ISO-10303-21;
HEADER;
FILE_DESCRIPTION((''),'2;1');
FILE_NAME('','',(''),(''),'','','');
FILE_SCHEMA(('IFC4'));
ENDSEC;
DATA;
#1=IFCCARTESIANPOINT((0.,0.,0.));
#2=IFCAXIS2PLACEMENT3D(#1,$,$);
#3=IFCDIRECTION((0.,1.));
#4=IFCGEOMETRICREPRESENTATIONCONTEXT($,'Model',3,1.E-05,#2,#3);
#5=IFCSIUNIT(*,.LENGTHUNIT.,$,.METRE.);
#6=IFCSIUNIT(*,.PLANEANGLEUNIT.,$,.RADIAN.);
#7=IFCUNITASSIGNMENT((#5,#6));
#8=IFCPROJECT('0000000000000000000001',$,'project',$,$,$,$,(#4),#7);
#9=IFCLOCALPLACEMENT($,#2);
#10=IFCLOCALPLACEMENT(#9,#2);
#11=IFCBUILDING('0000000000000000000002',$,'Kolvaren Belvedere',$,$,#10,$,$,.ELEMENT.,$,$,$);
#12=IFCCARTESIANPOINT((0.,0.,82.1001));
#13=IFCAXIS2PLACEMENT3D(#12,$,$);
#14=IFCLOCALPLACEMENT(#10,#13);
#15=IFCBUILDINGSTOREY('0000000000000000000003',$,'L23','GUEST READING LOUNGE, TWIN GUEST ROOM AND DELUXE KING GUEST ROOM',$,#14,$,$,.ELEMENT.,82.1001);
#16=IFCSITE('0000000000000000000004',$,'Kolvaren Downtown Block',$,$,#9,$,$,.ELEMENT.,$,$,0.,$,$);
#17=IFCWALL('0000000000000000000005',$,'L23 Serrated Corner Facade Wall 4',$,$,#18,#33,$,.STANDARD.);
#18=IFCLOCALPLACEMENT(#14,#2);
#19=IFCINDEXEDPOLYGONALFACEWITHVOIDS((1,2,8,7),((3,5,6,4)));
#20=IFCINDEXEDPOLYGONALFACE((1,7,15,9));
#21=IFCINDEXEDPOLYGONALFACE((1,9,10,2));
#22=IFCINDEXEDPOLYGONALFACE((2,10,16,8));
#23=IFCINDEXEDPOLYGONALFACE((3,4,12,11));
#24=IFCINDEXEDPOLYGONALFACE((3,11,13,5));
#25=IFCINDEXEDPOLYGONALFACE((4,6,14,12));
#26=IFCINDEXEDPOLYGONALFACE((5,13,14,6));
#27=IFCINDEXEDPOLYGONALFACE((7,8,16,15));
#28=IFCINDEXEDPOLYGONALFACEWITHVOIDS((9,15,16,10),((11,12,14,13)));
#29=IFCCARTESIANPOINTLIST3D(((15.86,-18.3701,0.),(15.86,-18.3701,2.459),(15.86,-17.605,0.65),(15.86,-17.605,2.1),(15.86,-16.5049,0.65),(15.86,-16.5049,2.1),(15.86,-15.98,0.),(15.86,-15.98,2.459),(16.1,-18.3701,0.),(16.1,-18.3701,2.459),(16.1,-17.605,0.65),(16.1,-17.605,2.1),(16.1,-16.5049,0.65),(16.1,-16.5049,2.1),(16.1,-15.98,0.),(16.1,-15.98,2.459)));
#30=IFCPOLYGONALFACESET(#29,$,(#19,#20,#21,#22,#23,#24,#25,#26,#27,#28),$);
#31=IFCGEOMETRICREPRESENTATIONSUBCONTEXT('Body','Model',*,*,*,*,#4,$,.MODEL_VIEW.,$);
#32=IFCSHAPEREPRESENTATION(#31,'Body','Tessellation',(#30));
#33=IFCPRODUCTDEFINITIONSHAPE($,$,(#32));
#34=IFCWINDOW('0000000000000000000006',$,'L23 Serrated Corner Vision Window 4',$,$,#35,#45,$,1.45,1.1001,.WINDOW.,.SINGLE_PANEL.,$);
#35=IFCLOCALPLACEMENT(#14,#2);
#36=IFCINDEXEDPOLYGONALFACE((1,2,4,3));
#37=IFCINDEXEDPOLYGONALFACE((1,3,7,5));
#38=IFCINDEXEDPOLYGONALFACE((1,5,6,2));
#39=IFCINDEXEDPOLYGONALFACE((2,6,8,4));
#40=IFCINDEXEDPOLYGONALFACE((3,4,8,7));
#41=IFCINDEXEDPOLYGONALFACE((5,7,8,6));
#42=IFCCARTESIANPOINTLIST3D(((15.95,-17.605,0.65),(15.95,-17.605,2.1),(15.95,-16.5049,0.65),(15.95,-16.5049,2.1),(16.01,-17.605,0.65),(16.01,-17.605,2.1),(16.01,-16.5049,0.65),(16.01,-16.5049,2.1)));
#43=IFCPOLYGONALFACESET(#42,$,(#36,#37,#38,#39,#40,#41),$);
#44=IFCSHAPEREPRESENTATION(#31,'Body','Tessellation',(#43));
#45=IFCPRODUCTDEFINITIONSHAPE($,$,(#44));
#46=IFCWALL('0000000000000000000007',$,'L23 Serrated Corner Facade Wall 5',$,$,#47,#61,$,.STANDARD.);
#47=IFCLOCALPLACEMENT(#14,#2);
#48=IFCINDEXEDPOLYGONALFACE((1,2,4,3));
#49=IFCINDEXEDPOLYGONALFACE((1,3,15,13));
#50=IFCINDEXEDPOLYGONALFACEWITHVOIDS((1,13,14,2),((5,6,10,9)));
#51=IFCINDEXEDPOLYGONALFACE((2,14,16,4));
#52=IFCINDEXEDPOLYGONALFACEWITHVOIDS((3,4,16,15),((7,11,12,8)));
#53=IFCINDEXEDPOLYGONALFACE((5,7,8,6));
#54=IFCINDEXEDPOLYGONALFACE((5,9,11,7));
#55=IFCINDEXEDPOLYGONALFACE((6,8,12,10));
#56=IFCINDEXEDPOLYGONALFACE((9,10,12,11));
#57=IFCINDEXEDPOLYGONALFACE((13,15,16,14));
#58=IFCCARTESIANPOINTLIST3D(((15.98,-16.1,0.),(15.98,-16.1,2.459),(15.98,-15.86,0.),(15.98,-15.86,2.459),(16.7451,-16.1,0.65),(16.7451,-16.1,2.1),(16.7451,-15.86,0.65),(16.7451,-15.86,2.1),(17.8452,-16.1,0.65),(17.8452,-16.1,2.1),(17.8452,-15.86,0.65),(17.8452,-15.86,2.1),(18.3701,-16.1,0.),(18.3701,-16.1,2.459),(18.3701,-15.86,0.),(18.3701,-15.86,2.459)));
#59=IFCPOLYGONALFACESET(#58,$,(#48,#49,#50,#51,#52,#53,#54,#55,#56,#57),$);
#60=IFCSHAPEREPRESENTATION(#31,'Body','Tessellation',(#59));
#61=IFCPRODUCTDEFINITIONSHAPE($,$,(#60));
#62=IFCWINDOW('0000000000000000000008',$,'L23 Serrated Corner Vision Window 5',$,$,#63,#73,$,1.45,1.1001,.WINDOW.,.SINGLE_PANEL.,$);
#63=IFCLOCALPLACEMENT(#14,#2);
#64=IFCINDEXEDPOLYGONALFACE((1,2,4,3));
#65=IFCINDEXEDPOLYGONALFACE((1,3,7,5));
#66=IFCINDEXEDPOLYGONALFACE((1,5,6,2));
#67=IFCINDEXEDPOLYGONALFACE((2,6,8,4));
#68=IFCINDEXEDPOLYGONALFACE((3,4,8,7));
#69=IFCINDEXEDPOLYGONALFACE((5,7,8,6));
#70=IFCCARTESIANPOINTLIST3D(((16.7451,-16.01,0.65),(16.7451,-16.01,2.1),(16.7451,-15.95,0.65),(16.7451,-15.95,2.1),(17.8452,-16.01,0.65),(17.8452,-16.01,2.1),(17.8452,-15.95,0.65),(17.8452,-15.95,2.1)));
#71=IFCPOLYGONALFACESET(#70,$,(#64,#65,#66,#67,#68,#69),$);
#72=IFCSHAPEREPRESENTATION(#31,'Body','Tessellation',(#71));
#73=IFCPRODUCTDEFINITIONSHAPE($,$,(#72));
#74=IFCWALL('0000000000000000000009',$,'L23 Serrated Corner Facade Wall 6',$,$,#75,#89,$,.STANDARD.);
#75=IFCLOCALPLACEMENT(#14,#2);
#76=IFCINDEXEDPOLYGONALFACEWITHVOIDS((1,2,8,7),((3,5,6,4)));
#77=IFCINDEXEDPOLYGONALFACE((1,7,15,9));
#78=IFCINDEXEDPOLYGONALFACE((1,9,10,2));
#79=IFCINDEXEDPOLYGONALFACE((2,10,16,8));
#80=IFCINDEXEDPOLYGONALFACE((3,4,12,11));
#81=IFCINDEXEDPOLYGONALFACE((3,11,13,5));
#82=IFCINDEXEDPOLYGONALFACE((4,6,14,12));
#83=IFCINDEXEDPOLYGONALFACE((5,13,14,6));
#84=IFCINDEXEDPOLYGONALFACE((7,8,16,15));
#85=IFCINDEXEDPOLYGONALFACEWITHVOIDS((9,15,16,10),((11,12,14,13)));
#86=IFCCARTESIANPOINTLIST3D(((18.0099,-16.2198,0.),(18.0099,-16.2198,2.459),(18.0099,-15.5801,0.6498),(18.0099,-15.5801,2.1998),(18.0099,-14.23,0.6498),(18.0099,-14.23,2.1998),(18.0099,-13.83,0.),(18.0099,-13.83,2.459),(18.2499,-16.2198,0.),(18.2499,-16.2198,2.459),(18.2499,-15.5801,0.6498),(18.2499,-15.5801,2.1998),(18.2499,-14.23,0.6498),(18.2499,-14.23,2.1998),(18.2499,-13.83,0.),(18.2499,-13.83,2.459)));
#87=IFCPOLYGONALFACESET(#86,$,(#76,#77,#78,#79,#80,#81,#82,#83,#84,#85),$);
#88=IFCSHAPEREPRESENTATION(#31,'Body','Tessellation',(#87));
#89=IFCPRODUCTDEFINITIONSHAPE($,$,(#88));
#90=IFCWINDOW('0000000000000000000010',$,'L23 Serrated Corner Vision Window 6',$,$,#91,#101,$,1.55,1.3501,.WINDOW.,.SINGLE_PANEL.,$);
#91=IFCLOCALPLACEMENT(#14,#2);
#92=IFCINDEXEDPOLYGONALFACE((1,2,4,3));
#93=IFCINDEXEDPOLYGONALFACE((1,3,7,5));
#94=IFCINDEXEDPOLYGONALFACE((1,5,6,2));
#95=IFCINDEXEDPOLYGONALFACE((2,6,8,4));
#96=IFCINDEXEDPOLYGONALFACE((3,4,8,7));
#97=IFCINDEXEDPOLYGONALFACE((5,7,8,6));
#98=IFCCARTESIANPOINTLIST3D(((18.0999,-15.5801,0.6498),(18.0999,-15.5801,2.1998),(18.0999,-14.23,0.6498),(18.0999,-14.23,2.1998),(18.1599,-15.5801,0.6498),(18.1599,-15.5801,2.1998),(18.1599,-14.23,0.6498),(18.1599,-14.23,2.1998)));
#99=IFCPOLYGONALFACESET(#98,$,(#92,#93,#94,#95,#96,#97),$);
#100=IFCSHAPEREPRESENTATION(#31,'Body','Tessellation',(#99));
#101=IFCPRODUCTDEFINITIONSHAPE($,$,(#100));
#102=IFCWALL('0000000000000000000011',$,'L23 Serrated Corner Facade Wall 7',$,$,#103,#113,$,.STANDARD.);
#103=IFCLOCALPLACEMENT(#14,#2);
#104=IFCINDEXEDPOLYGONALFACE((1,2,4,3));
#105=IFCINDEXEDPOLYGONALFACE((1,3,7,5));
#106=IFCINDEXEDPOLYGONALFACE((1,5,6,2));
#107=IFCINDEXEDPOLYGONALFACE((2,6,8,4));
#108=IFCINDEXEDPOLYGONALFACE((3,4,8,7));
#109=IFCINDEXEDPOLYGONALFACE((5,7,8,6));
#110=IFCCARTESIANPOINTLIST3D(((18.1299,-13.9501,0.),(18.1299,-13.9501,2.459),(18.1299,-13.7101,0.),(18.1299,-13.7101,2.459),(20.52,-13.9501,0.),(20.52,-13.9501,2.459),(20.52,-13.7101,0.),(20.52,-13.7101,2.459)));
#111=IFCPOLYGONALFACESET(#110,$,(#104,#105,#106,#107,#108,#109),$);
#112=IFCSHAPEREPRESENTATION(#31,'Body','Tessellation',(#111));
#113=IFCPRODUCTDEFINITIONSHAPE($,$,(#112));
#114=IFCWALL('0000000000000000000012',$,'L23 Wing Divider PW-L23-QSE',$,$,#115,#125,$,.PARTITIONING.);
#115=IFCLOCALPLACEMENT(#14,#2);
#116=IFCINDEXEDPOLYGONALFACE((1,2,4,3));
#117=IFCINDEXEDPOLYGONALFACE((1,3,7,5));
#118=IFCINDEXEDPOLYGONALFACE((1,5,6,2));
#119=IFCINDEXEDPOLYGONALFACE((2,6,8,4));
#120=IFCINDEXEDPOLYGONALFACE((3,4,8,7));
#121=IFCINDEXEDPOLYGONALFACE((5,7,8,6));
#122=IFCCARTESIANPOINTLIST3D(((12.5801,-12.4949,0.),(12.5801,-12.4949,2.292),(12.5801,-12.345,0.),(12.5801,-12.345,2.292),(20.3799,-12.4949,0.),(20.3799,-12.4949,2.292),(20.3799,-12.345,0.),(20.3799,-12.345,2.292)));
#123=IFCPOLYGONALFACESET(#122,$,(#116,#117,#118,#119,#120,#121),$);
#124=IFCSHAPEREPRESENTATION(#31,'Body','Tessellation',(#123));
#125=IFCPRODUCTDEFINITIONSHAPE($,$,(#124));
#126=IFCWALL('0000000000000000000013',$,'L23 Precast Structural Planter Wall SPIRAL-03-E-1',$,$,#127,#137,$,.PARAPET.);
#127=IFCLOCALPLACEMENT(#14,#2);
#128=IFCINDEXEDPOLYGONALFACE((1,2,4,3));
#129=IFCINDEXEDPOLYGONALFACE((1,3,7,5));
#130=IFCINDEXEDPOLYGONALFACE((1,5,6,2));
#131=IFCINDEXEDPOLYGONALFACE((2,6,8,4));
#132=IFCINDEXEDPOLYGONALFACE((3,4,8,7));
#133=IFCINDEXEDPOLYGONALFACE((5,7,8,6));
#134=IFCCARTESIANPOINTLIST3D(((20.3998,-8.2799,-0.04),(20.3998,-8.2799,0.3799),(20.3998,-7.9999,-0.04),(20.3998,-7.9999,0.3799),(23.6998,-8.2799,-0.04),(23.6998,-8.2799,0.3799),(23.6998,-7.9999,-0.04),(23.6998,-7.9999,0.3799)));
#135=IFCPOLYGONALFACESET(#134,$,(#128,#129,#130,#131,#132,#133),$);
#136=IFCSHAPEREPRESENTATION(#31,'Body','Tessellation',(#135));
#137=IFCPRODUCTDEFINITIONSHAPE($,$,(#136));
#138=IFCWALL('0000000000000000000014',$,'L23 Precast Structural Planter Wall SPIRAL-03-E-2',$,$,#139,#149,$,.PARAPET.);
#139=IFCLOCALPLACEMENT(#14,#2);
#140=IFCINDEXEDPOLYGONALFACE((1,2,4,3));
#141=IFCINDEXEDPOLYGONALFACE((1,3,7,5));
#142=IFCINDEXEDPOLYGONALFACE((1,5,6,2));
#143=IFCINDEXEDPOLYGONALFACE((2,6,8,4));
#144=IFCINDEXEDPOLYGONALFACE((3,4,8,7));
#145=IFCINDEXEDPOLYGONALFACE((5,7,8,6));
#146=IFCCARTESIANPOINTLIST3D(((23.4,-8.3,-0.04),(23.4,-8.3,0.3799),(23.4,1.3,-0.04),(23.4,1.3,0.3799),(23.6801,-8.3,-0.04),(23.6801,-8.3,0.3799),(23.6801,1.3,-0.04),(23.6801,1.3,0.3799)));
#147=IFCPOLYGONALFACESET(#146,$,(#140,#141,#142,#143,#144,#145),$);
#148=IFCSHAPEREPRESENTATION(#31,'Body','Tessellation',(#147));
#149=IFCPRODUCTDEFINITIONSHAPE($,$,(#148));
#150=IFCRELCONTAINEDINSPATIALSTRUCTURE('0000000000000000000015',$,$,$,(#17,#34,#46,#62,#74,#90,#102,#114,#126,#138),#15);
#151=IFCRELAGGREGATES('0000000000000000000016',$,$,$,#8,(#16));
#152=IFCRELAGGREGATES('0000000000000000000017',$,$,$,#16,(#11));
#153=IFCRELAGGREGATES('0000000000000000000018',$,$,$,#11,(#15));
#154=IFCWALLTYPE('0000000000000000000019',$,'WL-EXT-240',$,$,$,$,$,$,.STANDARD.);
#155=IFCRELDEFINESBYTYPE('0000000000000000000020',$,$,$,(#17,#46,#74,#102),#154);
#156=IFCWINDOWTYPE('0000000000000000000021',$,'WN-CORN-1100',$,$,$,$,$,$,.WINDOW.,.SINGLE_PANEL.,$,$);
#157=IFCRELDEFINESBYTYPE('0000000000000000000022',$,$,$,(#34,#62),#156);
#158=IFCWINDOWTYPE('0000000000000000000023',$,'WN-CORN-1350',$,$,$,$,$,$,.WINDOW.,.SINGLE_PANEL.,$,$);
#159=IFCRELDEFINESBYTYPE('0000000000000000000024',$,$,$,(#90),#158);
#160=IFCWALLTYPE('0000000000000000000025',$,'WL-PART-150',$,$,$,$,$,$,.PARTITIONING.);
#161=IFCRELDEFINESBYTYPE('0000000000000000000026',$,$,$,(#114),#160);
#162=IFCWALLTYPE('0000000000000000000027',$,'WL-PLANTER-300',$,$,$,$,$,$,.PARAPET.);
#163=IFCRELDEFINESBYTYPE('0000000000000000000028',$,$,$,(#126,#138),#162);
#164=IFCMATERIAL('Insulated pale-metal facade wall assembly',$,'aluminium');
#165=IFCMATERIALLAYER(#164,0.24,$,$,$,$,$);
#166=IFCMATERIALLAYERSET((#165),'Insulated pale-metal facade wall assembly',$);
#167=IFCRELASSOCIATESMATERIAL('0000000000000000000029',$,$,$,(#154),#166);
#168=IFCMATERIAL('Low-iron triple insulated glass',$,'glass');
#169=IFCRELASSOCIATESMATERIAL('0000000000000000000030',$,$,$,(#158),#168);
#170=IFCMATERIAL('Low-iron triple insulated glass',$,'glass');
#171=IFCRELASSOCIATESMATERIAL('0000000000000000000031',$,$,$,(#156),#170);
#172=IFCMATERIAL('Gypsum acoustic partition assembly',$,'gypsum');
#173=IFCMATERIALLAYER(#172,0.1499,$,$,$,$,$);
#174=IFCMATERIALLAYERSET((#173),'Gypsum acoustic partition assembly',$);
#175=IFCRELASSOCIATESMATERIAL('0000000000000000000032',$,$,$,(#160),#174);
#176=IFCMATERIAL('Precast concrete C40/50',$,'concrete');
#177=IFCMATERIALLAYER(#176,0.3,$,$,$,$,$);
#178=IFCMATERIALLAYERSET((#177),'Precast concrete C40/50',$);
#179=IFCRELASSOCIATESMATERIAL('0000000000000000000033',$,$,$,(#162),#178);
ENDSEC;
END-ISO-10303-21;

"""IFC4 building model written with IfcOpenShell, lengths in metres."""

from ifc_helpers import new_model, si_unit, direction, frame, frame_2d, origin, place, context, subcontext, project, spatial, rectangle, extrude, material, layer, layer_set, type_object, element, fill, save


model = new_model("IFC4")

# Units and contexts
model_context = context("Model", 3, precision=1e-05, world=origin(), true_north=direction((0.0, 1.0)))
body_context = subcontext(model_context, "Body", "Model", "MODEL_VIEW")
ifc_project = project(units=[si_unit("LENGTHUNIT", "METRE"), si_unit("PLANEANGLEUNIT", "RADIAN")], contexts=[model_context])

# Site, building, storey
site_placement = place(None, origin())
site = spatial("IfcSite", under=ifc_project, at=site_placement, Name="Kolvaren Downtown Block", CompositionType="ELEMENT", RefElevation=0.0)
building_placement = place(site_placement, origin())
building = spatial("IfcBuilding", under=site, at=building_placement, Name="Kolvaren Belvedere", CompositionType="ELEMENT")
storey_placement = place(building_placement, frame((0.0, 0.0, 82.1001)))
storey = spatial("IfcBuildingStorey", under=building, at=storey_placement, Name="L23", Description="GUEST READING LOUNGE, TWIN GUEST ROOM AND DELUXE KING GUEST ROOM", CompositionType="ELEMENT", Elevation=82.1001)

# Shared definitions
ifc_material_1 = material(Name="Insulated pale-metal facade wall assembly", Category="aluminium")
ifc_layer_1 = layer(ifc_material_1, 0.24)
ifc_layer_set_1 = layer_set([ifc_layer_1], Name="Insulated pale-metal facade wall assembly")
wall_type_1 = type_object("IfcWallType", Name="WL-EXT-240", PredefinedType="STANDARD", material=ifc_layer_set_1)

# Walls, openings, windows
ifc_material_2 = material(Name="Low-iron triple insulated glass", Category="glass")
window_type_1 = type_object("IfcWindowType", Name="WN-CORN-1350", PartitioningType="SINGLE_PANEL", PredefinedType="WINDOW", material=ifc_material_2)
wall_1_placement = place(storey_placement, frame((15.98, -15.98, 0.0), z_axis=(0.0, 0.0, 1.0), x_axis=(0.0, -1.0, 0.0)))
wall_1 = element("IfcWall", 1, at=wall_1_placement, inside=storey, type_object=wall_type_1, Name="L23 Serrated Corner Facade Wall 4", PredefinedType="STANDARD", context=body_context, shape_type="SweptSolid", body=[
    extrude(rectangle(XDim=2.3901, YDim=0.24, at=frame_2d((1.1951, 0.0))), origin(), (0.0, 0.0, 1.0), 2.459),
])
opening_1_placement = place(wall_1_placement, frame((0.5249, 0.0, 0.6499)))
opening_1 = element("IfcOpeningElement", 2, at=opening_1_placement, cuts=wall_1, PredefinedType="OPENING", context=body_context, shape_type="SweptSolid", body=[
    extrude(rectangle(XDim=1.1001, YDim=1.45, at=frame_2d((0.55, 0.7251))), frame((0.0, 0.1299, 0.0), z_axis=(0.0, -1.0, 0.0), x_axis=(1.0, 0.0, 0.0)), (0.0, 0.0, 1.0), 0.26),
])
ifc_material_3 = material(Name="Low-iron triple insulated glass", Category="glass")
window_type_2 = type_object("IfcWindowType", Name="WN-CORN-1100", PartitioningType="SINGLE_PANEL", PredefinedType="WINDOW", material=ifc_material_3)
window_1_placement = place(opening_1_placement, origin())
window_1 = element("IfcWindow", 3, at=window_1_placement, inside=storey, type_object=window_type_2, Name="L23 Serrated Corner Vision Window 4", OverallHeight=1.45, OverallWidth=1.1001, PartitioningType="SINGLE_PANEL", PredefinedType="WINDOW", context=body_context, shape_type="SweptSolid", body=[
    extrude(rectangle(XDim=1.1001, YDim=1.45, at=frame_2d((0.55, 0.7251))), frame((0.0, 0.03, 0.0), z_axis=(0.0, -1.0, 0.0), x_axis=(1.0, 0.0, 0.0)), (0.0, 0.0, 1.0), 0.0601),
])
fill(opening_1, window_1)
wall_2_placement = place(storey_placement, frame((18.3701, -15.98, 0.0), z_axis=(0.0, 0.0, 1.0), x_axis=(-1.0, 0.0, 0.0)))
wall_2 = element("IfcWall", 4, at=wall_2_placement, inside=storey, type_object=wall_type_1, Name="L23 Serrated Corner Facade Wall 5", PredefinedType="STANDARD", context=body_context, shape_type="SweptSolid", body=[
    extrude(rectangle(XDim=2.3901, YDim=0.24, at=frame_2d((1.1951, 0.0))), origin(), (0.0, 0.0, 1.0), 2.459),
])
opening_2_placement = place(wall_2_placement, frame((0.5249, 0.0, 0.6499)))
opening_2 = element("IfcOpeningElement", 5, at=opening_2_placement, cuts=wall_2, PredefinedType="OPENING", context=body_context, shape_type="SweptSolid", body=[
    extrude(rectangle(XDim=1.1001, YDim=1.45, at=frame_2d((0.55, 0.7251))), frame((0.0, 0.1299, 0.0), z_axis=(0.0, -1.0, 0.0), x_axis=(1.0, 0.0, 0.0)), (0.0, 0.0, 1.0), 0.26),
])
window_2_placement = place(opening_2_placement, origin())
window_2 = element("IfcWindow", 6, at=window_2_placement, inside=storey, type_object=window_type_2, Name="L23 Serrated Corner Vision Window 5", OverallHeight=1.45, OverallWidth=1.1001, PartitioningType="SINGLE_PANEL", PredefinedType="WINDOW", context=body_context, shape_type="SweptSolid", body=[
    extrude(rectangle(XDim=1.1001, YDim=1.45, at=frame_2d((0.55, 0.7251))), frame((0.0, 0.03, 0.0), z_axis=(0.0, -1.0, 0.0), x_axis=(1.0, 0.0, 0.0)), (0.0, 0.0, 1.0), 0.0601),
])
fill(opening_2, window_2)
wall_3_placement = place(storey_placement, frame((18.1299, -13.8301, 0.0), z_axis=(0.0, 0.0, 1.0), x_axis=(0.0, -1.0, 0.0)))
wall_3 = element("IfcWall", 7, at=wall_3_placement, inside=storey, type_object=wall_type_1, Name="L23 Serrated Corner Facade Wall 6", PredefinedType="STANDARD", context=body_context, shape_type="SweptSolid", body=[
    extrude(rectangle(XDim=2.3899, YDim=0.24, at=frame_2d((1.1948, 0.0))), origin(), (0.0, 0.0, 1.0), 2.459),
])
opening_3_placement = place(wall_3_placement, frame((0.3999, 0.0, 0.6499)))
opening_3 = element("IfcOpeningElement", 8, at=opening_3_placement, cuts=wall_3, PredefinedType="OPENING", context=body_context, shape_type="SweptSolid", body=[
    extrude(rectangle(XDim=1.3501, YDim=1.55, at=frame_2d((0.675, 0.7749))), frame((0.0, 0.1299, 0.0), z_axis=(0.0, -1.0, 0.0), x_axis=(1.0, 0.0, 0.0)), (0.0, 0.0, 1.0), 0.26),
])
window_3_placement = place(opening_3_placement, origin())
window_3 = element("IfcWindow", 9, at=window_3_placement, inside=storey, type_object=window_type_1, Name="L23 Serrated Corner Vision Window 6", OverallHeight=1.55, OverallWidth=1.3501, PartitioningType="SINGLE_PANEL", PredefinedType="WINDOW", context=body_context, shape_type="SweptSolid", body=[
    extrude(rectangle(XDim=1.3501, YDim=1.55, at=frame_2d((0.675, 0.7749))), frame((0.0, 0.03, 0.0), z_axis=(0.0, -1.0, 0.0), x_axis=(1.0, 0.0, 0.0)), (0.0, 0.0, 1.0), 0.0601),
])
fill(opening_3, window_3)

# Walls
wall_4_placement = place(storey_placement, frame((20.52, -13.8301, 0.0), z_axis=(0.0, 0.0, 1.0), x_axis=(-1.0, 0.0, 0.0)))
element("IfcWall", 10, at=wall_4_placement, inside=storey, type_object=wall_type_1, Name="L23 Serrated Corner Facade Wall 7", PredefinedType="STANDARD", context=body_context, shape_type="SweptSolid", body=[
    extrude(rectangle(XDim=2.3901, YDim=0.24, at=frame_2d((1.1951, 0.0))), origin(), (0.0, 0.0, 1.0), 2.459),
])
ifc_material_4 = material(Name="Gypsum acoustic partition assembly", Category="gypsum")
ifc_layer_2 = layer(ifc_material_4, 0.1499)
ifc_layer_set_2 = layer_set([ifc_layer_2], Name="Gypsum acoustic partition assembly")
wall_type_2 = type_object("IfcWallType", Name="WL-PART-150", PredefinedType="PARTITIONING", material=ifc_layer_set_2)
wall_5_placement = place(storey_placement, frame((12.5801, -12.4199, 0.0), z_axis=(0.0, 0.0, 1.0), x_axis=(1.0, 0.0, 0.0)))
element("IfcWall", 11, at=wall_5_placement, inside=storey, type_object=wall_type_2, Name="L23 Wing Divider PW-L23-QSE", PredefinedType="PARTITIONING", context=body_context, shape_type="SweptSolid", body=[
    extrude(rectangle(XDim=7.7998, YDim=0.1499, at=frame_2d((3.8999, 0.0))), origin(), (0.0, 0.0, 1.0), 2.292),
])
ifc_material_5 = material(Name="Precast concrete C40/50", Category="concrete")
ifc_layer_3 = layer(ifc_material_5, 0.3)
ifc_layer_set_3 = layer_set([ifc_layer_3], Name="Precast concrete C40/50")
wall_type_3 = type_object("IfcWallType", Name="WL-PLANTER-300", PredefinedType="PARAPET", material=ifc_layer_set_3)
wall_6_placement = place(storey_placement, frame((20.3999, -8.1399, -0.04), z_axis=(0.0, 0.0, 1.0), x_axis=(1.0, 0.0, 0.0)))
element("IfcWall", 12, at=wall_6_placement, inside=storey, type_object=wall_type_3, Name="L23 Precast Structural Planter Wall SPIRAL-03-E-1", PredefinedType="PARAPET", context=body_context, shape_type="SweptSolid", body=[
    extrude(rectangle(XDim=3.3, YDim=0.28, at=frame_2d((1.6499, 0.0))), origin(), (0.0, 0.0, 1.0), 0.4199),
])
wall_7_placement = place(storey_placement, frame((23.54, -8.3, -0.04), z_axis=(0.0, 0.0, 1.0), x_axis=(0.0, 1.0, 0.0)))
element("IfcWall", 13, at=wall_7_placement, inside=storey, type_object=wall_type_3, Name="L23 Precast Structural Planter Wall SPIRAL-03-E-2", PredefinedType="PARAPET", context=body_context, shape_type="SweptSolid", body=[
    extrude(rectangle(XDim=9.6001, YDim=0.28, at=frame_2d((4.8, 0.0))), origin(), (0.0, 0.0, 1.0), 0.4199),
])

save(model, "model.ifc")
